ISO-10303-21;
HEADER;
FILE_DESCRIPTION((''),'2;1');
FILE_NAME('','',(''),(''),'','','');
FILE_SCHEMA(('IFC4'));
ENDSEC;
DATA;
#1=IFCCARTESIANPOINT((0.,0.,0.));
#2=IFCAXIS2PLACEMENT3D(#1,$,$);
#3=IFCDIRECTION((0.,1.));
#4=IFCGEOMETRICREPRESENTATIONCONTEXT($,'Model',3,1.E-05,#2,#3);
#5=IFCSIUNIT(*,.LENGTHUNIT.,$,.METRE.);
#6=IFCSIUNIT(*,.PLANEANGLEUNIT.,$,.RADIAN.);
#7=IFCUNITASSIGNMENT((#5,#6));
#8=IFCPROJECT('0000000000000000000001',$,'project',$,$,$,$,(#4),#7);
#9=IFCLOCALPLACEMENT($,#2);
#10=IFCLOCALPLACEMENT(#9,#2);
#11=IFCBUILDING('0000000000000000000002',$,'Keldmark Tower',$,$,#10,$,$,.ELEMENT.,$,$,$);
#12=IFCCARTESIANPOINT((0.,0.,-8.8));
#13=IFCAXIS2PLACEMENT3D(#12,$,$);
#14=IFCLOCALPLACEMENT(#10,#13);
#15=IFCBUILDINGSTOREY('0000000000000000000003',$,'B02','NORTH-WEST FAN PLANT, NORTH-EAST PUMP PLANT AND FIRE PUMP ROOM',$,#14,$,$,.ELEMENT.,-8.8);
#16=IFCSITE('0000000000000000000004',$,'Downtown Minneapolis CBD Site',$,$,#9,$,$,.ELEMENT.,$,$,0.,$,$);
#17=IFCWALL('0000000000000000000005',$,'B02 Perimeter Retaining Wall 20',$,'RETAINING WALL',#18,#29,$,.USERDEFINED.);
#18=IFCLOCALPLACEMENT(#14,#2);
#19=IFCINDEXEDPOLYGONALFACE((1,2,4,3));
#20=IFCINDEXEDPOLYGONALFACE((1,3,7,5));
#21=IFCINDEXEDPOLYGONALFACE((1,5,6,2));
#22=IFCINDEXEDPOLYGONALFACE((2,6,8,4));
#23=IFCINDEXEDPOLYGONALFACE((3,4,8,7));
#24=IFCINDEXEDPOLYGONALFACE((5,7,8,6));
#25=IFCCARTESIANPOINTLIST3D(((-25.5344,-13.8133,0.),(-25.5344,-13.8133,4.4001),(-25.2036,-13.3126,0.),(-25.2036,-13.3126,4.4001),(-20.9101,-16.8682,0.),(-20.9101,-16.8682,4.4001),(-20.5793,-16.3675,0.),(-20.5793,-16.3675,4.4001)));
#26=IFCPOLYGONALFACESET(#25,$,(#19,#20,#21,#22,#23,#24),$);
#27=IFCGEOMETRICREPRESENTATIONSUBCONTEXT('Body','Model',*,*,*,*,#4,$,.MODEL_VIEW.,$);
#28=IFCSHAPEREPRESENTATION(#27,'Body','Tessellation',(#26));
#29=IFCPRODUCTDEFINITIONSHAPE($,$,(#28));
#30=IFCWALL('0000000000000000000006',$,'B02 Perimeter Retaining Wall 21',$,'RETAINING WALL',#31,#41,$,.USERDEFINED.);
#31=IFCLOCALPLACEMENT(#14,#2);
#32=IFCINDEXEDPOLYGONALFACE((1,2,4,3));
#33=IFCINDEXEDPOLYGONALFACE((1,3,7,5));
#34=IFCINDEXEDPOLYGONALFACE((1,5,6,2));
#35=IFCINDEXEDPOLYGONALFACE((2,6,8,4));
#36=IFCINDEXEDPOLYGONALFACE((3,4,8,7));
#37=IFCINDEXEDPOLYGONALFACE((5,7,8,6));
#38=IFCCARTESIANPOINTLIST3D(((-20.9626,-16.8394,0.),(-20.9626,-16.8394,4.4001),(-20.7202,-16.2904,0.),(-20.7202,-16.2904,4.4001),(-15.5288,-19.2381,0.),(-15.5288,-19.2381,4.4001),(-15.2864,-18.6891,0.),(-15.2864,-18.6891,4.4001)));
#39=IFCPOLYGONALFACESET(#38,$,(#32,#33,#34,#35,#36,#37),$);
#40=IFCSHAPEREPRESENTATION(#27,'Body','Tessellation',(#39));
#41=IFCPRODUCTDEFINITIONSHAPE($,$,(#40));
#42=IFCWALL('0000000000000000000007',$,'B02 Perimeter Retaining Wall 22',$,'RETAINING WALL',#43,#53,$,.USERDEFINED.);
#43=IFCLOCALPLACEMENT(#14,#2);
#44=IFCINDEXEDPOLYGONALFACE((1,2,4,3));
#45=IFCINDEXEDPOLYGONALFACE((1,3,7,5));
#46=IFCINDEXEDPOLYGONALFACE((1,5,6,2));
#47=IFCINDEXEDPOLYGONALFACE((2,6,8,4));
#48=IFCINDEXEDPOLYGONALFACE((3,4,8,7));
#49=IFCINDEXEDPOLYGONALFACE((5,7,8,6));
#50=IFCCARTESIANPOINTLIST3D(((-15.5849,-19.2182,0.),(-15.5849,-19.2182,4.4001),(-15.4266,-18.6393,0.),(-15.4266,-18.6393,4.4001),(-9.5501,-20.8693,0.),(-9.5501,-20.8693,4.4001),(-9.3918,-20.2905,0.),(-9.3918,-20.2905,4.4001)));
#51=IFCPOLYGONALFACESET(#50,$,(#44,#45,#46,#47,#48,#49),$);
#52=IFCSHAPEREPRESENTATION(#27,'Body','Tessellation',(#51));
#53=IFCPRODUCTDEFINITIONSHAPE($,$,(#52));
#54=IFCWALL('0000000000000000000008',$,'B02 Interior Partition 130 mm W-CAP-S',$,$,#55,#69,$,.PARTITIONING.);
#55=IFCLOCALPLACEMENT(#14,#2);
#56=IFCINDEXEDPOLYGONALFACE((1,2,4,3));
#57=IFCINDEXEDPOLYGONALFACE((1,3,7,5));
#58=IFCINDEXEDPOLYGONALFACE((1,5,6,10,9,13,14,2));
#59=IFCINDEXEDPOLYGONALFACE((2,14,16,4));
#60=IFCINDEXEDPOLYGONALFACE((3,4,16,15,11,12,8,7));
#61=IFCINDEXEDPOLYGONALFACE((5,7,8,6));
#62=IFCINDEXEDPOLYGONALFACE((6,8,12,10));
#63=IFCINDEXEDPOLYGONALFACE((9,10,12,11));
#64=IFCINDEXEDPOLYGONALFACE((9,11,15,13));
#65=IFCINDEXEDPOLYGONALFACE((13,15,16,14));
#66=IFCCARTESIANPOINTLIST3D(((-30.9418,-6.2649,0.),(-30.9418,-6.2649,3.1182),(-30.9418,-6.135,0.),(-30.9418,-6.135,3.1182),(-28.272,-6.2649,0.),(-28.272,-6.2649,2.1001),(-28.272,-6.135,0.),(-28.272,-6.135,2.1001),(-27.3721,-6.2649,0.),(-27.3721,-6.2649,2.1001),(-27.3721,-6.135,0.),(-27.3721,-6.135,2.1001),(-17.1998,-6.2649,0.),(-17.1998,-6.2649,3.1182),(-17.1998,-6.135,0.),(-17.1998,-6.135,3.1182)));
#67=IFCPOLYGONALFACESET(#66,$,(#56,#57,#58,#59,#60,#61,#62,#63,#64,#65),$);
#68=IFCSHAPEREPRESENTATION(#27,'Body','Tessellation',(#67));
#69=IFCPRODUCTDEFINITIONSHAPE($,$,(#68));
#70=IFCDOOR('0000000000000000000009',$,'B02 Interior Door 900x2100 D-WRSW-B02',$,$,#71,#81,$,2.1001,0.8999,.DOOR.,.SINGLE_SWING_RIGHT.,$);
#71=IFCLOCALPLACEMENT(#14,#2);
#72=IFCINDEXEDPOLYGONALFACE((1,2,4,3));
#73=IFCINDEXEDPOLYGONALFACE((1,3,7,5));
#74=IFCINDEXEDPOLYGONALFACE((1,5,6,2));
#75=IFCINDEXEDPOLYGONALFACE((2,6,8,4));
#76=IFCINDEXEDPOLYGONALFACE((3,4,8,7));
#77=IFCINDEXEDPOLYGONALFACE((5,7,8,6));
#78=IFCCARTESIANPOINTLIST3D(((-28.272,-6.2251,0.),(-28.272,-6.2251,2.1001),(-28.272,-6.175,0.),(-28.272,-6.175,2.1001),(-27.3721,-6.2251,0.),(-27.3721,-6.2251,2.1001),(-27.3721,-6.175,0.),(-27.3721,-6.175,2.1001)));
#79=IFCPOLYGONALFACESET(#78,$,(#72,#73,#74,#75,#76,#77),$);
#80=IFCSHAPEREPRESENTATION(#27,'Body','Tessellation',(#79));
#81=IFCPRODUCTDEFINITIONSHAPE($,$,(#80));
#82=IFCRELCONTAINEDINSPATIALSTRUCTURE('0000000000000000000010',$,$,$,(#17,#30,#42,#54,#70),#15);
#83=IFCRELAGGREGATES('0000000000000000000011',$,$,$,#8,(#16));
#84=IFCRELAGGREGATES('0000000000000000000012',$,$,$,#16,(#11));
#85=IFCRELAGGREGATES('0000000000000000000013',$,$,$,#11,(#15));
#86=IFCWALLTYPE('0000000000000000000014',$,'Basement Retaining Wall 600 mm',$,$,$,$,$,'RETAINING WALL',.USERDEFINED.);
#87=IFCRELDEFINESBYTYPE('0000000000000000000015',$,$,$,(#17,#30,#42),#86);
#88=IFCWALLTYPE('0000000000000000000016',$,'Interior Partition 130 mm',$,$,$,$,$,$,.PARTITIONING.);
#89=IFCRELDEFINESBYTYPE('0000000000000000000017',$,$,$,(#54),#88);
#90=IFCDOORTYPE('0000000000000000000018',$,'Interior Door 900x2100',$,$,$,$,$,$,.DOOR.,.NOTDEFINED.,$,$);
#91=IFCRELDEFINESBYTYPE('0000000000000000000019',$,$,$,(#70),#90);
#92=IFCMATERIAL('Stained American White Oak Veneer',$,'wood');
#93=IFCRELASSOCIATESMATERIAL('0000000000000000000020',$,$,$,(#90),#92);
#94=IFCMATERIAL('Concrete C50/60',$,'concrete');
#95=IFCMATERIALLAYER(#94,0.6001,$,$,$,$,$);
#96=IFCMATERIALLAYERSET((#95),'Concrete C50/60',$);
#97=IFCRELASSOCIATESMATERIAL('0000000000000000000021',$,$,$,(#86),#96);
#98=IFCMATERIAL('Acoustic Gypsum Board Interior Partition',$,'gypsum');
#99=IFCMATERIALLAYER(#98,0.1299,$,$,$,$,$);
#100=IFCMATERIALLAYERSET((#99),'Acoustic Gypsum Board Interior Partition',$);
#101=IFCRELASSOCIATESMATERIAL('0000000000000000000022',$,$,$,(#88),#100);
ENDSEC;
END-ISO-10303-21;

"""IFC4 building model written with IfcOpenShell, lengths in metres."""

from ifc_helpers import new_model, si_unit, direction, frame, frame_2d, origin, place, context, subcontext, project, spatial, rectangle, extrude, material, layer, layer_set, type_object, element, fill, save


model = new_model("IFC4")

# Units and contexts
model_context = context("Model", 3, precision=1e-05, world=origin(), true_north=direction((0.0, 1.0)))
body_context = subcontext(model_context, "Body", "Model", "MODEL_VIEW")
ifc_project = project(units=[si_unit("LENGTHUNIT", "METRE"), si_unit("PLANEANGLEUNIT", "RADIAN")], contexts=[model_context])

# Site, building, storey
site_placement = place(None, origin())
site = spatial("IfcSite", under=ifc_project, at=site_placement, Name="Downtown Minneapolis CBD Site", CompositionType="ELEMENT", RefElevation=0.0)
building_placement = place(site_placement, origin())
building = spatial("IfcBuilding", under=site, at=building_placement, Name="Keldmark Tower", CompositionType="ELEMENT")
storey_placement = place(building_placement, frame((0.0, 0.0, -8.8)))
storey = spatial("IfcBuildingStorey", under=building, at=storey_placement, Name="B02", Description="NORTH-WEST FAN PLANT, NORTH-EAST PUMP PLANT AND FIRE PUMP ROOM", CompositionType="ELEMENT", Elevation=-8.8)

# Shared definitions
ifc_material_1 = material(Name="Stained American White Oak Veneer", Category="wood")
door_type = type_object("IfcDoorType", Name="Interior Door 900x2100", OperationType="NOTDEFINED", PredefinedType="DOOR", material=ifc_material_1)

# Walls
ifc_material_2 = material(Name="Concrete C50/60", Category="concrete")
ifc_layer_1 = layer(ifc_material_2, 0.6001)
ifc_layer_set_1 = layer_set([ifc_layer_1], Name="Concrete C50/60")
wall_type_1 = type_object("IfcWallType", Name="Basement Retaining Wall 600 mm", ElementType="RETAINING WALL", PredefinedType="USERDEFINED", material=ifc_layer_set_1)
wall_1_placement = place(storey_placement, frame((-25.3689, -13.563, 0.0), z_axis=(0.0, 0.0, 1.0), x_axis=(0.834368, -0.551209, 0.0)))
element("IfcWall", 1, at=wall_1_placement, inside=storey, type_object=wall_type_1, Name="B02 Perimeter Retaining Wall 20", ObjectType="RETAINING WALL", PredefinedType="USERDEFINED", context=body_context, shape_type="SweptSolid", body=[
    extrude(rectangle(XDim=5.5422, YDim=0.6001, at=frame_2d((2.771, 0.0))), origin(), (0.0, 0.0, 1.0), 4.4001),
])
wall_2_placement = place(storey_placement, frame((-20.8413, -16.5649, 0.0), z_axis=(0.0, 0.0, 1.0), x_axis=(0.914831, -0.403838, 0.0)))
element("IfcWall", 2, at=wall_2_placement, inside=storey, type_object=wall_type_1, Name="B02 Perimeter Retaining Wall 21", ObjectType="RETAINING WALL", PredefinedType="USERDEFINED", context=body_context, shape_type="SweptSolid", body=[
    extrude(rectangle(XDim=5.9397, YDim=0.6001, at=frame_2d((2.9697, 0.0))), origin(), (0.0, 0.0, 1.0), 4.4001),
])
wall_3_placement = place(storey_placement, frame((-15.5059, -18.9287, 0.0), z_axis=(0.0, 0.0, 1.0), x_axis=(0.964548, -0.263906, 0.0)))
element("IfcWall", 3, at=wall_3_placement, inside=storey, type_object=wall_type_1, Name="B02 Perimeter Retaining Wall 22", ObjectType="RETAINING WALL", PredefinedType="USERDEFINED", context=body_context, shape_type="SweptSolid", body=[
    extrude(rectangle(XDim=6.2566, YDim=0.6001, at=frame_2d((3.1284, 0.0))), origin(), (0.0, 0.0, 1.0), 4.4001),
])

# Wall, opening, door
ifc_material_3 = material(Name="Acoustic Gypsum Board Interior Partition", Category="gypsum")
ifc_layer_2 = layer(ifc_material_3, 0.1299)
ifc_layer_set_2 = layer_set([ifc_layer_2], Name="Acoustic Gypsum Board Interior Partition")
wall_type_2 = type_object("IfcWallType", Name="Interior Partition 130 mm", PredefinedType="PARTITIONING", material=ifc_layer_set_2)
wall_4_placement = place(storey_placement, frame((-30.9419, -6.2, 0.0), z_axis=(0.0, 0.0, 1.0), x_axis=(1.0, 0.0, 0.0)))
wall_4 = element("IfcWall", 4, at=wall_4_placement, inside=storey, type_object=wall_type_2, Name="B02 Interior Partition 130 mm W-CAP-S", PredefinedType="PARTITIONING", context=body_context, shape_type="SweptSolid", body=[
    extrude(rectangle(XDim=13.7419, YDim=0.1299, at=frame_2d((6.8711, 0.0))), origin(), (0.0, 0.0, 1.0), 3.1182),
])
opening_1_placement = place(wall_4_placement, frame((2.6699, 0.0, 0.0)))
opening_1 = element("IfcOpeningElement", 5, at=opening_1_placement, cuts=wall_4, PredefinedType="OPENING", context=body_context, shape_type="SweptSolid", body=[
    extrude(rectangle(XDim=0.8999, YDim=2.1001, at=frame_2d((0.45, 1.05))), frame((0.0, 0.075, 0.0), z_axis=(0.0, -1.0, 0.0), x_axis=(1.0, 0.0, 0.0)), (0.0, 0.0, 1.0), 0.1499),
])
door_1_placement = place(opening_1_placement, origin())
door_1 = element("IfcDoor", 6, at=door_1_placement, inside=storey, type_object=door_type, Name="B02 Interior Door 900x2100 D-WRSW-B02", OperationType="SINGLE_SWING_RIGHT", OverallHeight=2.1001, OverallWidth=0.8999, PredefinedType="DOOR", context=body_context, shape_type="SweptSolid", body=[
    extrude(rectangle(XDim=0.8999, YDim=2.1001, at=frame_2d((0.45, 1.05))), frame((0.0, 0.0249, 0.0), z_axis=(0.0, -1.0, 0.0), x_axis=(1.0, 0.0, 0.0)), (0.0, 0.0, 1.0), 0.05),
])
fill(opening_1, door_1)

save(model, "model.ifc")
